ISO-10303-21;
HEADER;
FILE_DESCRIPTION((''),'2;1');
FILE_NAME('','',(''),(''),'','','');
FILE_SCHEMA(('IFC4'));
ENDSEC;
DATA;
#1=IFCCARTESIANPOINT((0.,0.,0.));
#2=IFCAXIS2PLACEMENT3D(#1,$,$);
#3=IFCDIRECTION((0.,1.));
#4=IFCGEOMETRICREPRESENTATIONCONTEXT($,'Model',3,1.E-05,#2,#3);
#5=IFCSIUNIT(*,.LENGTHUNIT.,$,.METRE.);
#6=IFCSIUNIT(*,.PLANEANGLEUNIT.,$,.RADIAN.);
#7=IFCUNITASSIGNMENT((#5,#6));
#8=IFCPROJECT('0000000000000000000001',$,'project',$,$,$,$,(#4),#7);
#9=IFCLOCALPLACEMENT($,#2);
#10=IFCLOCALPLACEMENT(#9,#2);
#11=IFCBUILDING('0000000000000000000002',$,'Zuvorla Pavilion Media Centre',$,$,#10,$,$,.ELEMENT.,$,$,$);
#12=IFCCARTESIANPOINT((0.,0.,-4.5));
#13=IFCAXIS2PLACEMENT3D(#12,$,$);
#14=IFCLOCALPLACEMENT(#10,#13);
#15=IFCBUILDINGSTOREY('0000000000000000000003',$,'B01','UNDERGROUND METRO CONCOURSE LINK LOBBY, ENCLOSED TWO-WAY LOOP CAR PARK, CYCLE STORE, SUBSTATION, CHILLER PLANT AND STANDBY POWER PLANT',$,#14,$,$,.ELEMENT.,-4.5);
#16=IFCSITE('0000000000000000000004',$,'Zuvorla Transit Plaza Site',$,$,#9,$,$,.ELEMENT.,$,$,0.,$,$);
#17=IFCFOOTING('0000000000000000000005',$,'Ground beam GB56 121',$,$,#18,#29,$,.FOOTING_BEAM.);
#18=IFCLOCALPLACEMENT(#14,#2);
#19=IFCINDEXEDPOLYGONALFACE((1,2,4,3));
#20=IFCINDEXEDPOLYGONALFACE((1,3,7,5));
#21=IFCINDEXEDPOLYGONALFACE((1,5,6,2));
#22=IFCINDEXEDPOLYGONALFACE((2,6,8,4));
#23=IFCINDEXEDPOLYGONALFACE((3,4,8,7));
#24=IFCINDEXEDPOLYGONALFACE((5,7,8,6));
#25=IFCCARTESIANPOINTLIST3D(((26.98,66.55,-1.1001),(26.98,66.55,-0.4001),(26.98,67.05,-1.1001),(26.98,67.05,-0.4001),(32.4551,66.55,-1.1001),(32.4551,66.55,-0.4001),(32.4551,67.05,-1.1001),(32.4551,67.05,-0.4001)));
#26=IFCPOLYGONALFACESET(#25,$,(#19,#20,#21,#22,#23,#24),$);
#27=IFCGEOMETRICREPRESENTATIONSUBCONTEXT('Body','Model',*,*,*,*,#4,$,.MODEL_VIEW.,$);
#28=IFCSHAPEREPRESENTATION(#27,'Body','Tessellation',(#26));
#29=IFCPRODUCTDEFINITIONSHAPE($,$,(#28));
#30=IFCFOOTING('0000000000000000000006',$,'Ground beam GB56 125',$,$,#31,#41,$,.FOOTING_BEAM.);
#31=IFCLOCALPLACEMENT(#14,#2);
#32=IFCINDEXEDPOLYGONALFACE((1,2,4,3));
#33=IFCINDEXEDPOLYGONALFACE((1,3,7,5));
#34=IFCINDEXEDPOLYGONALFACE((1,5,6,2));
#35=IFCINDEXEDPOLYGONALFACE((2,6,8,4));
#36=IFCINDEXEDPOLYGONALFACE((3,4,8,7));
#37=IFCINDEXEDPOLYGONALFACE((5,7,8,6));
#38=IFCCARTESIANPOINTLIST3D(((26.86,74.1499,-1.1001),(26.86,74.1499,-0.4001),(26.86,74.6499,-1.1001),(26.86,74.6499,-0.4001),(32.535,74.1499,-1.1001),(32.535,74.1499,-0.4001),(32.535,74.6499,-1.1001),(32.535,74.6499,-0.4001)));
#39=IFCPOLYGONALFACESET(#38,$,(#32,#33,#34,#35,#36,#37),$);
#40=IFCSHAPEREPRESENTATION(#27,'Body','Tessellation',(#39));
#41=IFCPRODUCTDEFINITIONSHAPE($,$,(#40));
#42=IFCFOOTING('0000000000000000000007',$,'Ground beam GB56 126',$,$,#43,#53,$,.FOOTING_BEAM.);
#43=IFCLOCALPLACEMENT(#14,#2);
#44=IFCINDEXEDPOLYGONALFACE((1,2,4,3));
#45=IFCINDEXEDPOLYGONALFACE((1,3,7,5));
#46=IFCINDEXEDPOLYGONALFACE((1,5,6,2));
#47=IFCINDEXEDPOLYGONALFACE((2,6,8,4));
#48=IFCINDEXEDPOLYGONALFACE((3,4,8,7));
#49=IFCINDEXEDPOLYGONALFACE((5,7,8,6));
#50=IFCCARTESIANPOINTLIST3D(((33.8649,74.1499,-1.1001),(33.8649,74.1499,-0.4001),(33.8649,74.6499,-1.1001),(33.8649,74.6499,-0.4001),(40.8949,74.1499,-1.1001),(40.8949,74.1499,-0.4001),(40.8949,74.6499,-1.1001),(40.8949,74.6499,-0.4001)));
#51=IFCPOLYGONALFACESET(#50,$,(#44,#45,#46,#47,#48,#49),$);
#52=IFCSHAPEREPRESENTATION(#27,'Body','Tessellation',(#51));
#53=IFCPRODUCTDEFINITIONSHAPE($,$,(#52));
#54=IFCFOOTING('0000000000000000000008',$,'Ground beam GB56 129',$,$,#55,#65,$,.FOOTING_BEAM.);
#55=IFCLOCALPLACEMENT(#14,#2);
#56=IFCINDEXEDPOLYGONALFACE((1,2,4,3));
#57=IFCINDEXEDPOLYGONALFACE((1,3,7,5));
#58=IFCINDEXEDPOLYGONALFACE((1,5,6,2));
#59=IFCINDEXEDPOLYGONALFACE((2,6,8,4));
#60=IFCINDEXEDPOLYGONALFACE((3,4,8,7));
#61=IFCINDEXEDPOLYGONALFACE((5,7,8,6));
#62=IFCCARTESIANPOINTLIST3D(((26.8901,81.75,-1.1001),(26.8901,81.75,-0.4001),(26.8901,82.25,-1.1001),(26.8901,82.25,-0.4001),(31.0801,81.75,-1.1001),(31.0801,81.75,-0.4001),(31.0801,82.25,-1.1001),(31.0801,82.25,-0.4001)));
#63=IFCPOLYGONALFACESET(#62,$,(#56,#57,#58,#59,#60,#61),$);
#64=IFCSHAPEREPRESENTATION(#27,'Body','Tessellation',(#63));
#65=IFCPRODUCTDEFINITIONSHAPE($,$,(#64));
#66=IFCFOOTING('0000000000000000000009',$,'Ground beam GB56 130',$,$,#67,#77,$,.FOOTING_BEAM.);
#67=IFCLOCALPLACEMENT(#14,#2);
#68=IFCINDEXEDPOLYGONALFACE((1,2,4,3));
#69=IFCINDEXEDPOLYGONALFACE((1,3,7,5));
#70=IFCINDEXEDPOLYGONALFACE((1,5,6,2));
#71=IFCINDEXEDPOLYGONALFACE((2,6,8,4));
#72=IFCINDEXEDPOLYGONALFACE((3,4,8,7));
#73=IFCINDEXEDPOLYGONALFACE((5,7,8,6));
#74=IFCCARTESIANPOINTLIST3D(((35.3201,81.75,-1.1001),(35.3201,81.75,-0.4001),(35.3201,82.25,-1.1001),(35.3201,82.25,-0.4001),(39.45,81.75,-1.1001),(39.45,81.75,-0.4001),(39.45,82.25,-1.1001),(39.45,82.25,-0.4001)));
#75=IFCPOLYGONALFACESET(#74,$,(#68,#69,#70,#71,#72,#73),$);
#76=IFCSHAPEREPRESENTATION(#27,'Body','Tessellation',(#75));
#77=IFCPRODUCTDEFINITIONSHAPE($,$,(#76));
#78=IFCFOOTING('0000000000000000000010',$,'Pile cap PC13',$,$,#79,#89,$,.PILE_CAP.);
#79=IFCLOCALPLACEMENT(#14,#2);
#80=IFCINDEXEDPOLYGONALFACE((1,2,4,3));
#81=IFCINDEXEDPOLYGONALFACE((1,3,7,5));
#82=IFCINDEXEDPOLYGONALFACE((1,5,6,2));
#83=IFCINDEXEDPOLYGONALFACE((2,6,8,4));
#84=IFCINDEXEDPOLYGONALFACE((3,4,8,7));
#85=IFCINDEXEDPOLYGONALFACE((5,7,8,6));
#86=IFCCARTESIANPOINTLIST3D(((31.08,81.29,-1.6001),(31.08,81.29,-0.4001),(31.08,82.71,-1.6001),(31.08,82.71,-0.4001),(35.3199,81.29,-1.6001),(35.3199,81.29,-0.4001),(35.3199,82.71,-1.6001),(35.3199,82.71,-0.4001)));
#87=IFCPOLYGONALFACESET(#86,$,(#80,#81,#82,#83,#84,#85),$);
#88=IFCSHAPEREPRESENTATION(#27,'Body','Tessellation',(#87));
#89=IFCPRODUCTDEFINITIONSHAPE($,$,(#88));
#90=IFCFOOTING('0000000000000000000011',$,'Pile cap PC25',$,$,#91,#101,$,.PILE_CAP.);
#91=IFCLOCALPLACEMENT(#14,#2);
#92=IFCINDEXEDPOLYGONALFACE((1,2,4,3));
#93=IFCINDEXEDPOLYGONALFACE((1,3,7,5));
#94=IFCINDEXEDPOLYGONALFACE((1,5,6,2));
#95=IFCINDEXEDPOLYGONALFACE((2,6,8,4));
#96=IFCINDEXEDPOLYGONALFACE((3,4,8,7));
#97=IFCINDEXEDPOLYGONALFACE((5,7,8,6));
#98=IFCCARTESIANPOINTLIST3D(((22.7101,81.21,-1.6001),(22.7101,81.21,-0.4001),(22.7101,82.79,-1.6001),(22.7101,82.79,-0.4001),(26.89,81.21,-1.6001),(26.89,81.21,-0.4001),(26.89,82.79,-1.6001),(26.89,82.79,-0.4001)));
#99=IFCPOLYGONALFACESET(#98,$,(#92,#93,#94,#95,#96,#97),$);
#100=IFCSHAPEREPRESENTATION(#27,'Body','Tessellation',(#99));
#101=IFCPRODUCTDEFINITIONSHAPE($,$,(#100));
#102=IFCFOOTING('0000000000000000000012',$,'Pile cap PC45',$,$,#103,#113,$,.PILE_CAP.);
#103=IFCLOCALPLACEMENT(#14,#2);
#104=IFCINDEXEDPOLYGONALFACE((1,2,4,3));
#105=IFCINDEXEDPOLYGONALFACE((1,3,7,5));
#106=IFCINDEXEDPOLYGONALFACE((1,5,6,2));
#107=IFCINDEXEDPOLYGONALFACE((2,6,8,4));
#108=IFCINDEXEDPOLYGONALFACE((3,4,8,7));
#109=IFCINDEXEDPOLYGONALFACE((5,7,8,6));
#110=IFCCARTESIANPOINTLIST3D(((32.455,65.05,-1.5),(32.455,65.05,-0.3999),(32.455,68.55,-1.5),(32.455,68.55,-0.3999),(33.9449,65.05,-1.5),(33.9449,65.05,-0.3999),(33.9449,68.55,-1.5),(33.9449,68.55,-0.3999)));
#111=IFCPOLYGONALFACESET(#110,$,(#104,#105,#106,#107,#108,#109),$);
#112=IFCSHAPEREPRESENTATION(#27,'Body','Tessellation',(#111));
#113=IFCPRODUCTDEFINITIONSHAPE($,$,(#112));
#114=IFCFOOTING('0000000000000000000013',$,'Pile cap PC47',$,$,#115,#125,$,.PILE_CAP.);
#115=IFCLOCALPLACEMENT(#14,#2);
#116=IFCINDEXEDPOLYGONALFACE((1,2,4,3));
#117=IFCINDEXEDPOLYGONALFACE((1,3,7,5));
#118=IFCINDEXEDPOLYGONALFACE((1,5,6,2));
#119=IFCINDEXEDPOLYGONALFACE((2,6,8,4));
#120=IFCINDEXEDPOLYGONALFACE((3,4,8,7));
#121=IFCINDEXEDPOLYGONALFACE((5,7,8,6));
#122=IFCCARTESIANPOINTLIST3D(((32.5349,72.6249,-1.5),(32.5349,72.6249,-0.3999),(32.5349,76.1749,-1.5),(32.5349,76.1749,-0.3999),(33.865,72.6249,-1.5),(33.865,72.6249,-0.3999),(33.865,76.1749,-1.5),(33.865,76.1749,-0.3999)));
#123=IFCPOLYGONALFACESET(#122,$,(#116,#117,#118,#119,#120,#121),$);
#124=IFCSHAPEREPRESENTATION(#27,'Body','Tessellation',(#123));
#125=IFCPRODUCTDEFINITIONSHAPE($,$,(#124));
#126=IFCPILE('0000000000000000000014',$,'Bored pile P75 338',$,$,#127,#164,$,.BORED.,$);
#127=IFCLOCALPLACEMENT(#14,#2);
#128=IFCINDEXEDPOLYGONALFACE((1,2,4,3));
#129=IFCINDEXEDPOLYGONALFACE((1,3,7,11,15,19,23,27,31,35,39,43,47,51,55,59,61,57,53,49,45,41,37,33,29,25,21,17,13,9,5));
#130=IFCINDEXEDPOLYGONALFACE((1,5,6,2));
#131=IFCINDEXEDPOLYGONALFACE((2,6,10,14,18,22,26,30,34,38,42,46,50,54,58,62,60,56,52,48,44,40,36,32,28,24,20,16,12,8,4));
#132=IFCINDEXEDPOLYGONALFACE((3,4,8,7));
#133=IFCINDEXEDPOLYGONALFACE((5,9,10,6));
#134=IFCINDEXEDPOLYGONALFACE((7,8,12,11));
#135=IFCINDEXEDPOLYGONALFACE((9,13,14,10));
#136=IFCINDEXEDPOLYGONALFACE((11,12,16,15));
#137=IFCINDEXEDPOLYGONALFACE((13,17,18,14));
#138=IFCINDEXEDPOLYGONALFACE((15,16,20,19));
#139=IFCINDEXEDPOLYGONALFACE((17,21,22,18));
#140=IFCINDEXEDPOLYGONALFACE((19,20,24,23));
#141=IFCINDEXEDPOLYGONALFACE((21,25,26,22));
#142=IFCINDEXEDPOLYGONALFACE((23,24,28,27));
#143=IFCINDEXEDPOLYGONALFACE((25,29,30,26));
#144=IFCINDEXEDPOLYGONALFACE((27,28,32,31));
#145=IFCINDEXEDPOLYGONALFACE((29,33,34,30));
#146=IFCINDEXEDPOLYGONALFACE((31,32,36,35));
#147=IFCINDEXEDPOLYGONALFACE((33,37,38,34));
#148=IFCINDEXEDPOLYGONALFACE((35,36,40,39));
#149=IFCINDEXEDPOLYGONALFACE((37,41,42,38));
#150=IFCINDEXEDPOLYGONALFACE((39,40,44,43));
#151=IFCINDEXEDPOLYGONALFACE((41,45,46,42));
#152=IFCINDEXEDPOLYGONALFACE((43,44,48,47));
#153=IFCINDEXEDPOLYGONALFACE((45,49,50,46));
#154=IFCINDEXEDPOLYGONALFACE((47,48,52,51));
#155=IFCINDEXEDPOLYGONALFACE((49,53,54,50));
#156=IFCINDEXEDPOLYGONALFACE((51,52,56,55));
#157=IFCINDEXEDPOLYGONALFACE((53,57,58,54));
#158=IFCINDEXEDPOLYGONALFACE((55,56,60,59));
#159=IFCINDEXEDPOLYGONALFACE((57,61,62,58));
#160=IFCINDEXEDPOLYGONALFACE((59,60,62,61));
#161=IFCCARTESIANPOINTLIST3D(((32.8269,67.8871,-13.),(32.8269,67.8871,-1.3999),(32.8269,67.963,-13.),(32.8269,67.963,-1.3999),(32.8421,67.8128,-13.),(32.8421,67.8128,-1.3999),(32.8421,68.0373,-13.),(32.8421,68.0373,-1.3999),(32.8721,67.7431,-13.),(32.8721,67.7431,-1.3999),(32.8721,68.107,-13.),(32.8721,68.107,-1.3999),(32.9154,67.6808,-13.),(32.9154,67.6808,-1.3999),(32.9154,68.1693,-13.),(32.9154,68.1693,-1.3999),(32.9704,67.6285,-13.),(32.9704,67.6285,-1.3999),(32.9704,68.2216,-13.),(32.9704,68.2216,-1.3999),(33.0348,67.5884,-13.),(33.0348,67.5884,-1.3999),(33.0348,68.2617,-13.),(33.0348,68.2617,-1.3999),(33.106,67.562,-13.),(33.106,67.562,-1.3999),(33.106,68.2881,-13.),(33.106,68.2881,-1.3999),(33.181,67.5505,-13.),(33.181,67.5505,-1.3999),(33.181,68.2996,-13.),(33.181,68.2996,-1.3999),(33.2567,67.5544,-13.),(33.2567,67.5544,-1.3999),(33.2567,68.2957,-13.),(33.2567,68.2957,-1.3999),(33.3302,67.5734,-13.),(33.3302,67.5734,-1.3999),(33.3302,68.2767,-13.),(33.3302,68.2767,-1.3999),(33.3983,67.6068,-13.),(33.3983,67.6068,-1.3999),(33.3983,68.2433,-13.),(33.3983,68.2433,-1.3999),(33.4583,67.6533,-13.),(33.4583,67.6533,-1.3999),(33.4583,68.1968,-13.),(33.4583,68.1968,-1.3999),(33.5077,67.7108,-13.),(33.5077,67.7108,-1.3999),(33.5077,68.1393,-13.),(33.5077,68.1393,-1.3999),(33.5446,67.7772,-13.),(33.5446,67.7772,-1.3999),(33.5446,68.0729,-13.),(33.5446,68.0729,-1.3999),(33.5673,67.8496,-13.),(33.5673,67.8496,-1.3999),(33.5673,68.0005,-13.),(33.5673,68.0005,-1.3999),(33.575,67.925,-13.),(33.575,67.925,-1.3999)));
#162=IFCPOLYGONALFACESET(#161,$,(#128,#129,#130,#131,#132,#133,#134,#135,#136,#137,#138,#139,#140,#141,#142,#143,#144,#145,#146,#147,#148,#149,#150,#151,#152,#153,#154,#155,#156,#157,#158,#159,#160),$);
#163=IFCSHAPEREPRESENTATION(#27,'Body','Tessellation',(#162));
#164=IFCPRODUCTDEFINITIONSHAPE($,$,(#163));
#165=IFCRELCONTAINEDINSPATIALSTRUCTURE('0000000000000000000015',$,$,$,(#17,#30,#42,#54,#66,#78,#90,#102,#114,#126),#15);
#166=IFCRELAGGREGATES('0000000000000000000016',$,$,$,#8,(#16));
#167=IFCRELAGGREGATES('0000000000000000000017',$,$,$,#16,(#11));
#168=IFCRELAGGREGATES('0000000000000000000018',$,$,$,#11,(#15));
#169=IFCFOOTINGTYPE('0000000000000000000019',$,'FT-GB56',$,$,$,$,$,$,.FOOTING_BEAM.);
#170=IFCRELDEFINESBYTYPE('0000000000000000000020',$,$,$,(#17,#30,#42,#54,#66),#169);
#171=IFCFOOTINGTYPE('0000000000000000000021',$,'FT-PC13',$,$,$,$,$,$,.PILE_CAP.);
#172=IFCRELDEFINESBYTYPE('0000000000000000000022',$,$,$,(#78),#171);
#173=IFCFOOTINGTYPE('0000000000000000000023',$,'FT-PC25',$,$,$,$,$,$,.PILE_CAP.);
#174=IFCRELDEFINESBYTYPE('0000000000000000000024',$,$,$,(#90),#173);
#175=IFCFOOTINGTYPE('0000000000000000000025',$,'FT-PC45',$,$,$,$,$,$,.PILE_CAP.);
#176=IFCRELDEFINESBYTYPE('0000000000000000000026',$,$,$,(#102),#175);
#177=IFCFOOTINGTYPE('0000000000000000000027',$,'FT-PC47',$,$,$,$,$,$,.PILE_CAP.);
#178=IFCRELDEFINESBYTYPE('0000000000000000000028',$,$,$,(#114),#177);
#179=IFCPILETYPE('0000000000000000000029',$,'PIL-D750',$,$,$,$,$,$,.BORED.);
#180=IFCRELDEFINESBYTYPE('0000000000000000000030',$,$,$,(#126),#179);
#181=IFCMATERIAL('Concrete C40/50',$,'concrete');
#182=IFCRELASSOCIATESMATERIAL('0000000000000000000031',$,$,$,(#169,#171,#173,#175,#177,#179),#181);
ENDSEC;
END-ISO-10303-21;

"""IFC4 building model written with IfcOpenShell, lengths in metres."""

from ifc_helpers import new_model, si_unit, direction, frame, origin, origin_2d, place, context, subcontext, project, spatial, rectangle, circle, extrude, material, material_profile, profile_set, type_object, element, save


model = new_model("IFC4")

# Units and contexts
model_context = context("Model", 3, precision=1e-05, world=origin(), true_north=direction((0.0, 1.0)))
body_context = subcontext(model_context, "Body", "Model", "MODEL_VIEW")
ifc_project = project(units=[si_unit("LENGTHUNIT", "METRE"), si_unit("PLANEANGLEUNIT", "RADIAN")], contexts=[model_context])

# Site, building, storey
site_placement = place(None, origin())
site = spatial("IfcSite", under=ifc_project, at=site_placement, Name="Zuvorla Transit Plaza Site", CompositionType="ELEMENT", RefElevation=0.0)
building_placement = place(site_placement, origin())
building = spatial("IfcBuilding", under=site, at=building_placement, Name="Zuvorla Pavilion Media Centre", CompositionType="ELEMENT")
storey_placement = place(building_placement, frame((0.0, 0.0, -4.5)))
storey = spatial("IfcBuildingStorey", under=building, at=storey_placement, Name="B01", Description="UNDERGROUND METRO CONCOURSE LINK LOBBY, ENCLOSED TWO-WAY LOOP CAR PARK, CYCLE STORE, SUBSTATION, CHILLER PLANT AND STANDBY POWER PLANT", CompositionType="ELEMENT", Elevation=-4.5)

# Footings
ifc_material = material(Name="Concrete C40/50", Category="concrete")
footing_type_1 = type_object("IfcFootingType", Name="FT-GB56", PredefinedType="FOOTING_BEAM", material=ifc_material)
footing_1_placement = place(storey_placement, frame((29.7175, 66.8, -1.1001), z_axis=(0.0, 0.0, 1.0), x_axis=(1.0, 0.0, 0.0)))
element("IfcFooting", 1, at=footing_1_placement, inside=storey, type_object=footing_type_1, Name="Ground beam GB56 121", PredefinedType="FOOTING_BEAM", context=body_context, shape_type="SweptSolid", body=[
    extrude(rectangle(XDim=5.4751, YDim=0.5, at=origin_2d()), origin(), (0.0, 0.0, 1.0), 0.7),
])
footing_2_placement = place(storey_placement, frame((29.6975, 74.3999, -1.1001), z_axis=(0.0, 0.0, 1.0), x_axis=(1.0, 0.0, 0.0)))
element("IfcFooting", 2, at=footing_2_placement, inside=storey, type_object=footing_type_1, Name="Ground beam GB56 125", PredefinedType="FOOTING_BEAM", context=body_context, shape_type="SweptSolid", body=[
    extrude(rectangle(XDim=5.675, YDim=0.5, at=origin_2d()), origin(), (0.0, 0.0, 1.0), 0.7),
])
footing_3_placement = place(storey_placement, frame((37.3799, 74.3999, -1.1001), z_axis=(0.0, 0.0, 1.0), x_axis=(1.0, 0.0, 0.0)))
element("IfcFooting", 3, at=footing_3_placement, inside=storey, type_object=footing_type_1, Name="Ground beam GB56 126", PredefinedType="FOOTING_BEAM", context=body_context, shape_type="SweptSolid", body=[
    extrude(rectangle(XDim=7.03, YDim=0.5, at=origin_2d()), origin(), (0.0, 0.0, 1.0), 0.7),
])
footing_4_placement = place(storey_placement, frame((28.9851, 82.0, -1.1001), z_axis=(0.0, 0.0, 1.0), x_axis=(1.0, 0.0, 0.0)))
element("IfcFooting", 4, at=footing_4_placement, inside=storey, type_object=footing_type_1, Name="Ground beam GB56 129", PredefinedType="FOOTING_BEAM", context=body_context, shape_type="SweptSolid", body=[
    extrude(rectangle(XDim=4.1899, YDim=0.5, at=origin_2d()), origin(), (0.0, 0.0, 1.0), 0.7),
])
footing_5_placement = place(storey_placement, frame((37.385, 82.0, -1.1001), z_axis=(0.0, 0.0, 1.0), x_axis=(1.0, 0.0, 0.0)))
element("IfcFooting", 5, at=footing_5_placement, inside=storey, type_object=footing_type_1, Name="Ground beam GB56 130", PredefinedType="FOOTING_BEAM", context=body_context, shape_type="SweptSolid", body=[
    extrude(rectangle(XDim=4.1299, YDim=0.5, at=origin_2d()), origin(), (0.0, 0.0, 1.0), 0.7),
])
footing_type_2 = type_object("IfcFootingType", Name="FT-PC13", PredefinedType="PILE_CAP", material=ifc_material)
footing_6_placement = place(storey_placement, frame((33.2, 82.0, -1.6001), z_axis=(0.0, 0.0, 1.0), x_axis=(1.0, 0.0, 0.0)))
element("IfcFooting", 6, at=footing_6_placement, inside=storey, type_object=footing_type_2, Name="Pile cap PC13", PredefinedType="PILE_CAP", context=body_context, shape_type="SweptSolid", body=[
    extrude(rectangle(XDim=4.24, YDim=1.4199, at=origin_2d()), origin(), (0.0, 0.0, 1.0), 1.2),
])
footing_type_3 = type_object("IfcFootingType", Name="FT-PC25", PredefinedType="PILE_CAP", material=ifc_material)
footing_7_placement = place(storey_placement, frame((24.8, 82.0, -1.6001), z_axis=(0.0, 0.0, 1.0), x_axis=(1.0, 0.0, 0.0)))
element("IfcFooting", 7, at=footing_7_placement, inside=storey, type_object=footing_type_3, Name="Pile cap PC25", PredefinedType="PILE_CAP", context=body_context, shape_type="SweptSolid", body=[
    extrude(rectangle(XDim=4.1799, YDim=1.5801, at=origin_2d()), origin(), (0.0, 0.0, 1.0), 1.2),
])
footing_type_4 = type_object("IfcFootingType", Name="FT-PC45", PredefinedType="PILE_CAP", material=ifc_material)
footing_8_placement = place(storey_placement, frame((33.2, 66.8, -1.5), z_axis=(0.0, 0.0, 1.0), x_axis=(1.0, 0.0, 0.0)))
element("IfcFooting", 8, at=footing_8_placement, inside=storey, type_object=footing_type_4, Name="Pile cap PC45", PredefinedType="PILE_CAP", context=body_context, shape_type="SweptSolid", body=[
    extrude(rectangle(XDim=1.49, YDim=3.5, at=origin_2d()), origin(), (0.0, 0.0, 1.0), 1.1001),
])
footing_type_5 = type_object("IfcFootingType", Name="FT-PC47", PredefinedType="PILE_CAP", material=ifc_material)
footing_9_placement = place(storey_placement, frame((33.2, 74.3999, -1.5), z_axis=(0.0, 0.0, 1.0), x_axis=(1.0, 0.0, 0.0)))
element("IfcFooting", 9, at=footing_9_placement, inside=storey, type_object=footing_type_5, Name="Pile cap PC47", PredefinedType="PILE_CAP", context=body_context, shape_type="SweptSolid", body=[
    extrude(rectangle(XDim=1.3301, YDim=3.55, at=origin_2d()), origin(), (0.0, 0.0, 1.0), 1.1001),
])

# Pile
ifc_material_profile_1 = material_profile(ifc_material, circle(Radius=0.375, at=origin_2d()), Name="BORED PILE 750")
ifc_profile_set_1 = profile_set([ifc_material_profile_1], Name="Concrete C40/50")
pile_type_1 = type_object("IfcPileType", Name="PIL-D750", PredefinedType="BORED", material=ifc_profile_set_1)
for number, where, z_axis, x_axis, name in (
    (10, (33.2, 67.925, -1.3999), (0.0, 0.0, -1.0), (1.0, 0.0, 0.0), "Bored pile P75 338"),
):
    element("IfcPile", number, at=place(storey_placement, frame(where, z_axis=z_axis, x_axis=x_axis)), inside=storey, type_object=pile_type_1, Name=name, PredefinedType="BORED", context=body_context, shape_type="SweptSolid", body=[
        extrude(circle(Radius=0.375, at=origin_2d()), origin(), (0.0, 0.0, 1.0), 11.6001),
    ])

save(model, "model.ifc")
